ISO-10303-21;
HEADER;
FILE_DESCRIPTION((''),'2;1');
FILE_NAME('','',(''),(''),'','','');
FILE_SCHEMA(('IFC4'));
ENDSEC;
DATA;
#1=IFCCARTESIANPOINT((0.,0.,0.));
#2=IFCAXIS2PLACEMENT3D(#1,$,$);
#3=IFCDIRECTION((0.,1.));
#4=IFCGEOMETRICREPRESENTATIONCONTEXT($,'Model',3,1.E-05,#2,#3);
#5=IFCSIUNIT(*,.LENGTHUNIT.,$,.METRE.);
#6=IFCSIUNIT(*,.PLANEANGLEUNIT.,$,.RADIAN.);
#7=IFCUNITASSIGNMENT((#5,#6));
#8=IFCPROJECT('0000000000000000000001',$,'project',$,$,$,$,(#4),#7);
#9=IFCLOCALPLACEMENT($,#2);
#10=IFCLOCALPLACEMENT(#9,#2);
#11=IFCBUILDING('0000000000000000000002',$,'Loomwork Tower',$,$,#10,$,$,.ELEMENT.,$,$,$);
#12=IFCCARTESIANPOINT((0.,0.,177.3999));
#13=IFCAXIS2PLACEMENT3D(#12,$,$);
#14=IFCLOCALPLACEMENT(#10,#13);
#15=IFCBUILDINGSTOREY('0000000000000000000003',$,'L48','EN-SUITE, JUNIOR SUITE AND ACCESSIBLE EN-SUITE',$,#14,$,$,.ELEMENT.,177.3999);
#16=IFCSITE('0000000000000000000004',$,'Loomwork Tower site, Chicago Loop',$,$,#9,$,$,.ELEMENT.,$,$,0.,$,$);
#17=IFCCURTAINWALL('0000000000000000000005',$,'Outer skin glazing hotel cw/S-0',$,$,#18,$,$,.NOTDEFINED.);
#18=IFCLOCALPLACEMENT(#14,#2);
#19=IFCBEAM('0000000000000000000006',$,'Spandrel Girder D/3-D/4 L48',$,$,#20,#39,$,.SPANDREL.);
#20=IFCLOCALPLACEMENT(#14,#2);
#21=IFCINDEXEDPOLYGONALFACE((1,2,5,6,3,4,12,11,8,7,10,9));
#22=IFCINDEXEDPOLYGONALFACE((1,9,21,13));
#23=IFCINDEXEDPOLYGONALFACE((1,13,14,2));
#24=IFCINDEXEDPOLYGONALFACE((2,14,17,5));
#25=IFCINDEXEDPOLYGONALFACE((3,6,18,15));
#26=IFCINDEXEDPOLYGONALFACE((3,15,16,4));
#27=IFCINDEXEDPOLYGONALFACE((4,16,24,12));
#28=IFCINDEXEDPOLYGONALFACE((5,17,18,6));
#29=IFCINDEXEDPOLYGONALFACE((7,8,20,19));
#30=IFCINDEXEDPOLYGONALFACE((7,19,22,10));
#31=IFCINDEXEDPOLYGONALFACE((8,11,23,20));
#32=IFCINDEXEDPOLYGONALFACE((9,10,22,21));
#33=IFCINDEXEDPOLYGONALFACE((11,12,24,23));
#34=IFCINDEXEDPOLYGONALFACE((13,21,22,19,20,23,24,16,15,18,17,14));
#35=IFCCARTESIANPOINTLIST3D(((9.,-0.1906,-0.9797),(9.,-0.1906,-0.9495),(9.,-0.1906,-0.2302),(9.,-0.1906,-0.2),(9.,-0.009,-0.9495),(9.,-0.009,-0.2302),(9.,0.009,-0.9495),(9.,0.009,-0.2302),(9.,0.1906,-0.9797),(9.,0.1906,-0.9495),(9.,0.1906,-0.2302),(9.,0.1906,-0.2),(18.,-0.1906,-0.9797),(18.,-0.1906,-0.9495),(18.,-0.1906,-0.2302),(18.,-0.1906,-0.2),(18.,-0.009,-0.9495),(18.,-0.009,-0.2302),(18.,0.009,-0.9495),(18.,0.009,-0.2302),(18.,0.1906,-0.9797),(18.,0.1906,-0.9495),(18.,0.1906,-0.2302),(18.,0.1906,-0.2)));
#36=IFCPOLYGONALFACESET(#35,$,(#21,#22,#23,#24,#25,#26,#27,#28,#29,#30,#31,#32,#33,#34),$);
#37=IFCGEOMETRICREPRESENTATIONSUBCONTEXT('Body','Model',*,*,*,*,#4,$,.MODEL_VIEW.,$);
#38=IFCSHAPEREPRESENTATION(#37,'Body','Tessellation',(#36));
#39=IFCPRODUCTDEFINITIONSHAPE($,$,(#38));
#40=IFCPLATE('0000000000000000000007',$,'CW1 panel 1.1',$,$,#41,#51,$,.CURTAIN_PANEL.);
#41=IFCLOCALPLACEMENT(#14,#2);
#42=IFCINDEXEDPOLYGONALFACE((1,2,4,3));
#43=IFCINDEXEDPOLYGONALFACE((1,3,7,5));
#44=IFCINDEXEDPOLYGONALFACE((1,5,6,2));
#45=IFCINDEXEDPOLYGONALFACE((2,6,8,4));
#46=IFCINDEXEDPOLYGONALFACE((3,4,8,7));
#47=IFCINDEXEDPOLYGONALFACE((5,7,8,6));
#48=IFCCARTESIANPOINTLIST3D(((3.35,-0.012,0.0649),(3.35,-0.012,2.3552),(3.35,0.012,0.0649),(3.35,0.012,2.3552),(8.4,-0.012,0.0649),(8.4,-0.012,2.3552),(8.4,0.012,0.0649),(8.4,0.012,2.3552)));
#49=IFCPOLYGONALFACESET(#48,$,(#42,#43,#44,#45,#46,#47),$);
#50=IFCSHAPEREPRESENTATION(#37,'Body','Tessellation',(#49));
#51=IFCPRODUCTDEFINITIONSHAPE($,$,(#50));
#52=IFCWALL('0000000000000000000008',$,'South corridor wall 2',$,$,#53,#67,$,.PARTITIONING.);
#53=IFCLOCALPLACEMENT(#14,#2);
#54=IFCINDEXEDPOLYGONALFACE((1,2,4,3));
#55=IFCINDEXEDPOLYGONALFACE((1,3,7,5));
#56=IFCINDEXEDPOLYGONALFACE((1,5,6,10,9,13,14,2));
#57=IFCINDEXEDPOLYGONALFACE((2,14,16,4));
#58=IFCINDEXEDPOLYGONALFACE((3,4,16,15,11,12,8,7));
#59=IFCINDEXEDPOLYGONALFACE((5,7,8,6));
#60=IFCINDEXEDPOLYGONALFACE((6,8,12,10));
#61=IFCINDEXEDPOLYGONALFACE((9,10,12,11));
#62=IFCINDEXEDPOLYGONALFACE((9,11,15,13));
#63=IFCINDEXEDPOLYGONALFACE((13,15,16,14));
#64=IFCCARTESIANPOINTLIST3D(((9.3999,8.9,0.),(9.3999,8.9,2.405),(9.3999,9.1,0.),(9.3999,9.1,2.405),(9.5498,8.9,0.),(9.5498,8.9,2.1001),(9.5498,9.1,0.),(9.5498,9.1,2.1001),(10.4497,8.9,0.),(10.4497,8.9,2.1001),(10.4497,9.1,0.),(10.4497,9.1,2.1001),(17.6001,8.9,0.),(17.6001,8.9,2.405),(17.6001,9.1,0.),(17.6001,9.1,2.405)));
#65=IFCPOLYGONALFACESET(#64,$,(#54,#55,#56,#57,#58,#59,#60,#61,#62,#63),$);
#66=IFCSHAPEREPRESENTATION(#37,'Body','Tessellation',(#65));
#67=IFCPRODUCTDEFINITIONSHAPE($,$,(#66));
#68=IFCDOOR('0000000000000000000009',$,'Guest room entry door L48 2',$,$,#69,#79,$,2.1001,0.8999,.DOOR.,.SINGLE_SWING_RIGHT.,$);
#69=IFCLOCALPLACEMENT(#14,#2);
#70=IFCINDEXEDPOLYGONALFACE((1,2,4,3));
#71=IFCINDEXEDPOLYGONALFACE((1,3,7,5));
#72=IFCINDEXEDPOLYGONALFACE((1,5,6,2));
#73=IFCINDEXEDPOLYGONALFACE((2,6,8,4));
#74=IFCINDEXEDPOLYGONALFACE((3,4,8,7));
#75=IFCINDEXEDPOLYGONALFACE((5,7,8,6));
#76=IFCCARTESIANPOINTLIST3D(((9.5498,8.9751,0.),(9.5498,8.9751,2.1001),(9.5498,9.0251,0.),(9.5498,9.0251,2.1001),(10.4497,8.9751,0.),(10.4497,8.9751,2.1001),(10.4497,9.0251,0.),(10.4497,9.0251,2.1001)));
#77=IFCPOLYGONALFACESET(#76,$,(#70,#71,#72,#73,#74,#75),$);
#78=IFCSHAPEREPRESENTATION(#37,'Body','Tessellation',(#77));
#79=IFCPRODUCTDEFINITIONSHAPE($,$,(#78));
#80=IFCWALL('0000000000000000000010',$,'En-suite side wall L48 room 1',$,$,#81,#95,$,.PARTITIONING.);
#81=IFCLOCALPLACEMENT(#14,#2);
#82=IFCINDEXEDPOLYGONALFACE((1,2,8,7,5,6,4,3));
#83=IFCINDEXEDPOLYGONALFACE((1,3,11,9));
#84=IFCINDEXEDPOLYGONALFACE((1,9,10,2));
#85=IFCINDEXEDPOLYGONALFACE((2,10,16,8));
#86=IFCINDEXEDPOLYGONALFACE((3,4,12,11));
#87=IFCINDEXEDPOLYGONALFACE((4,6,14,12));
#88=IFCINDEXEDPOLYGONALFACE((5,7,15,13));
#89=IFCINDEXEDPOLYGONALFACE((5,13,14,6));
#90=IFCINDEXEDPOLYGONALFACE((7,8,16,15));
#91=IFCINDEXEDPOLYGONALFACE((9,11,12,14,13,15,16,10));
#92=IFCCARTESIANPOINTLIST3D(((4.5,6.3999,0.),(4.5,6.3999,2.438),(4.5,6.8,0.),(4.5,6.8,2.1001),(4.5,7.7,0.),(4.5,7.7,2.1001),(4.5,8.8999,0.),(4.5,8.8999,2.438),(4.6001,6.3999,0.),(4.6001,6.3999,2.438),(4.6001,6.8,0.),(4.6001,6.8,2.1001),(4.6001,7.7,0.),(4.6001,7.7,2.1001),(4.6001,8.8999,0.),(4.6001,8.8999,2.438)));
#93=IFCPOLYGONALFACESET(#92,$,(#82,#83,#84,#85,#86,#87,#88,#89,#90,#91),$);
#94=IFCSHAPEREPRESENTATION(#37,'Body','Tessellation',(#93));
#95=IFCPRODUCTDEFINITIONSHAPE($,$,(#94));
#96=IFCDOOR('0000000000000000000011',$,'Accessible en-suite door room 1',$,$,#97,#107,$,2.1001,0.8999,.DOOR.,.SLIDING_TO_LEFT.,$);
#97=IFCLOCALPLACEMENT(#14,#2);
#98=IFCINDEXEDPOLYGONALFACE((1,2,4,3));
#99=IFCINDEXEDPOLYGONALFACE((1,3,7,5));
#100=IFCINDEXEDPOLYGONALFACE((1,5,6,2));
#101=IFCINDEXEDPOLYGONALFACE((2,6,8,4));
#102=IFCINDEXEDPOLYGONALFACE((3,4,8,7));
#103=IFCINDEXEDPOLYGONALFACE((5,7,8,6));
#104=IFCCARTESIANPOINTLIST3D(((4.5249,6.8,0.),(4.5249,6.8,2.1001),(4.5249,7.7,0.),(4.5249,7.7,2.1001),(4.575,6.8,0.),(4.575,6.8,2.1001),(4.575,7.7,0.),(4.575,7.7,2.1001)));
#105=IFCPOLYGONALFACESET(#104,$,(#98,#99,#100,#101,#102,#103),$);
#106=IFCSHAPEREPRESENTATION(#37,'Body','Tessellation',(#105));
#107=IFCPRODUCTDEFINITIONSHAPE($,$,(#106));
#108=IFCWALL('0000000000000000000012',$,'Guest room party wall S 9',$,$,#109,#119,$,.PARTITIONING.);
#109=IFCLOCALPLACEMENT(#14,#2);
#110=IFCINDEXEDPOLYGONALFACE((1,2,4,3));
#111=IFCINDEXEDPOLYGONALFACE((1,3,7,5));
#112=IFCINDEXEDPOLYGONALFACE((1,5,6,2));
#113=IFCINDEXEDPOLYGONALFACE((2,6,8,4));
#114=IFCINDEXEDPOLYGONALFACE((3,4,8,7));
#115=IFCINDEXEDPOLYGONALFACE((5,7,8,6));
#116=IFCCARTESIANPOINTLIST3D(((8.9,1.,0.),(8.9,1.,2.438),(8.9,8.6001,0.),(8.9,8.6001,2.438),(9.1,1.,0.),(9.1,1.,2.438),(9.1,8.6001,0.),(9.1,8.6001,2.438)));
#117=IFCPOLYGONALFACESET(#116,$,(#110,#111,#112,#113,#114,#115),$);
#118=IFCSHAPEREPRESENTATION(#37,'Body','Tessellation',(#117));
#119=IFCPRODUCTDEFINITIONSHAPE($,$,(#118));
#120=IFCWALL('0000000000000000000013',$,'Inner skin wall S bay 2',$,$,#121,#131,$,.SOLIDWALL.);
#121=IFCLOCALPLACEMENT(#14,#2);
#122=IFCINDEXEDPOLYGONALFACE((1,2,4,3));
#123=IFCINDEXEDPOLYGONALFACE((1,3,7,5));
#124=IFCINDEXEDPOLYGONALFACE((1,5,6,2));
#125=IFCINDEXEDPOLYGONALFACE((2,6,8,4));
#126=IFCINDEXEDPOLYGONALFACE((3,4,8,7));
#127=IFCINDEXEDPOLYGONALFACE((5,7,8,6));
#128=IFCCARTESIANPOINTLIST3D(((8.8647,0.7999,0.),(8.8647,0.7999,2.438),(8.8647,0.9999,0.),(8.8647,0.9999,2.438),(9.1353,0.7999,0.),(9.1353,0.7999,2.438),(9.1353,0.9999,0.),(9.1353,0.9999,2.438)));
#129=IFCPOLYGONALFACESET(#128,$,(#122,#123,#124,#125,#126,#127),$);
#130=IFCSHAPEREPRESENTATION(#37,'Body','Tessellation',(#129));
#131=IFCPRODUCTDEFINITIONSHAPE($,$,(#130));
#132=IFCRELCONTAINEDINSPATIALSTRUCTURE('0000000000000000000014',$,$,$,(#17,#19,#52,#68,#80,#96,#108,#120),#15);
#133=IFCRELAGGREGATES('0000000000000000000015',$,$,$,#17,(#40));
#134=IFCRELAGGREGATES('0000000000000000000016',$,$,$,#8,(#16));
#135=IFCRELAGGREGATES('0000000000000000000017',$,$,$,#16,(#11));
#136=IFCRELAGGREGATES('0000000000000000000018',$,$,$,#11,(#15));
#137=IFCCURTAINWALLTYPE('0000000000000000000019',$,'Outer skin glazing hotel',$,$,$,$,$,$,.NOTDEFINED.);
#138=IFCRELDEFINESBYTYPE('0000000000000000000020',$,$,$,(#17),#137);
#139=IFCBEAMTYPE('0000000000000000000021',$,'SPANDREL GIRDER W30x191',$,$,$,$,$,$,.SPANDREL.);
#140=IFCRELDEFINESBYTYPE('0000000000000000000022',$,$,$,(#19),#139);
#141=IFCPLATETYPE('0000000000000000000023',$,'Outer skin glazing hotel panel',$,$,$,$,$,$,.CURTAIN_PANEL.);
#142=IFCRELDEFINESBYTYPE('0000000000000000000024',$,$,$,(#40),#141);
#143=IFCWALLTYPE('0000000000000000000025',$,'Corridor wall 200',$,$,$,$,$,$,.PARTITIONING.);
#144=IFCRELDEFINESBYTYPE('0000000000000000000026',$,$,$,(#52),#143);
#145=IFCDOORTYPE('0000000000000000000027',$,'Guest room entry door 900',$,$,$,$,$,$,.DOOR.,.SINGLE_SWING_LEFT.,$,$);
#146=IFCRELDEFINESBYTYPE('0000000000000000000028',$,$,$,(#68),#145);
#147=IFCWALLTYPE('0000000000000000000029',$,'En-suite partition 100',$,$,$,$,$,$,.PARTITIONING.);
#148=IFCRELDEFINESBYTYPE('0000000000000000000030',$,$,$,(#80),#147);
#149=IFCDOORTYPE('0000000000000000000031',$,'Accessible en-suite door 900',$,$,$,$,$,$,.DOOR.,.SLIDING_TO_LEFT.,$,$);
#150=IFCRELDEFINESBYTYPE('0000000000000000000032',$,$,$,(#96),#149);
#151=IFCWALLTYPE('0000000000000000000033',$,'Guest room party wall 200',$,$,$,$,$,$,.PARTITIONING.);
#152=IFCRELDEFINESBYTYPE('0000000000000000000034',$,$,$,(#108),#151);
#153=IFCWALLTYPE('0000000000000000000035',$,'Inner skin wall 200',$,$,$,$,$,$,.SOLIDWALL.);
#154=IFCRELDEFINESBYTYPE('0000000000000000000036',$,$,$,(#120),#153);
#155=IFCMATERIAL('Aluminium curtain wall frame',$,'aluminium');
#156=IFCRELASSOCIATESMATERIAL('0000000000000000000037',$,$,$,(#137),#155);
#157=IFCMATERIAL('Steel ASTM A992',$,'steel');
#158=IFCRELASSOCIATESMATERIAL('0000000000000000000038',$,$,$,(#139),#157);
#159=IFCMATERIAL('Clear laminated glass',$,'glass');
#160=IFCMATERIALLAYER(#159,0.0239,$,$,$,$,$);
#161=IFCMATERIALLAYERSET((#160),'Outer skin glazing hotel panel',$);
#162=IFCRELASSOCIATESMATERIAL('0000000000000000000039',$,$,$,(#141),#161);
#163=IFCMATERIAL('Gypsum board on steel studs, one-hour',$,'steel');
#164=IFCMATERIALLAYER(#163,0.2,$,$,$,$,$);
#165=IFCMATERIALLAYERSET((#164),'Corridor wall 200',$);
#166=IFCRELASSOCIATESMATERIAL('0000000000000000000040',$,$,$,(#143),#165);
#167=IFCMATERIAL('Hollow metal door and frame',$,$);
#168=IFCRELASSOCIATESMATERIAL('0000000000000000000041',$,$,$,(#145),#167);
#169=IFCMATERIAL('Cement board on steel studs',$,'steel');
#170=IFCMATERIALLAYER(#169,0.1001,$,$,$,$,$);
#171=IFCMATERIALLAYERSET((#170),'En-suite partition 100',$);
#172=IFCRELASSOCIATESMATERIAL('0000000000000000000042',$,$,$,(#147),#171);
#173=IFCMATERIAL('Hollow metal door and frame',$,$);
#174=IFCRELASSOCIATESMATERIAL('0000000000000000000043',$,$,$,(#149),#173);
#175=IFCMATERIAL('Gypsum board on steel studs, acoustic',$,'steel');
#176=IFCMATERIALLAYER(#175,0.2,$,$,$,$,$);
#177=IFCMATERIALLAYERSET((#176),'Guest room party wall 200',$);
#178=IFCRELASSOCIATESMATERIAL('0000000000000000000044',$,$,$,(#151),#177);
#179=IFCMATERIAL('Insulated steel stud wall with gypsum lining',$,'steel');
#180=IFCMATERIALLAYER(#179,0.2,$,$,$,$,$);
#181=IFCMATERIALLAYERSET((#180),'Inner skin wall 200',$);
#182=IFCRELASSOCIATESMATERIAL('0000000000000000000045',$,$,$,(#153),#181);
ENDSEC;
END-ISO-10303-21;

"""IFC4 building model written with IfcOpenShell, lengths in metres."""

from ifc_helpers import new_model, si_unit, direction, frame, frame_2d, origin, origin_2d, place, context, subcontext, project, spatial, rectangle, i_section, extrude, material, layer, layer_set, material_profile, profile_set, type_object, element, fill, aggregate, save


model = new_model("IFC4")

# Units and contexts
model_context = context("Model", 3, precision=1e-05, world=origin(), true_north=direction((0.0, 1.0)))
body_context = subcontext(model_context, "Body", "Model", "MODEL_VIEW")
ifc_project = project(units=[si_unit("LENGTHUNIT", "METRE"), si_unit("PLANEANGLEUNIT", "RADIAN")], contexts=[model_context])

# Site, building, storey
site_placement = place(None, origin())
site = spatial("IfcSite", under=ifc_project, at=site_placement, Name="Loomwork Tower site, Chicago Loop", CompositionType="ELEMENT", RefElevation=0.0)
building_placement = place(site_placement, origin())
building = spatial("IfcBuilding", under=site, at=building_placement, Name="Loomwork Tower", CompositionType="ELEMENT")
storey_placement = place(building_placement, frame((0.0, 0.0, 177.3999)))
storey = spatial("IfcBuildingStorey", under=building, at=storey_placement, Name="L48", Description="EN-SUITE, JUNIOR SUITE AND ACCESSIBLE EN-SUITE", CompositionType="ELEMENT", Elevation=177.3999)

# Curtain wall
ifc_material_1 = material(Name="Aluminium curtain wall frame", Category="aluminium")
curtain_wall_type = type_object("IfcCurtainWallType", Name="Outer skin glazing hotel", PredefinedType="NOTDEFINED", material=ifc_material_1)
curtain_wall_1_placement = place(storey_placement, origin())
curtain_wall_1 = element("IfcCurtainWall", 1, at=curtain_wall_1_placement, inside=storey, type_object=curtain_wall_type, Name="Outer skin glazing hotel cw/S-0", PredefinedType="NOTDEFINED")

# Beam
ifc_material_2 = material(Name="Steel ASTM A992", Category="steel")
ifc_material_profile_1 = material_profile(ifc_material_2, i_section(OverallWidth=0.3811, OverallDepth=0.7798, WebThickness=0.0181, FlangeThickness=0.0303, at=origin_2d()), Name="W30x191")
ifc_profile_set_1 = profile_set([ifc_material_profile_1], Name="Steel ASTM A992")
beam_type_1 = type_object("IfcBeamType", Name="SPANDREL GIRDER W30x191", PredefinedType="SPANDREL", material=ifc_profile_set_1)
beam_1_placement = place(storey_placement, frame((9.0, 0.0, -0.5898), z_axis=(1.0, 0.0, 0.0), x_axis=(0.0, 1.0, 0.0)))
element("IfcBeam", 2, at=beam_1_placement, inside=storey, type_object=beam_type_1, Name="Spandrel Girder D/3-D/4 L48", PredefinedType="SPANDREL", context=body_context, shape_type="SweptSolid", body=[
    extrude(i_section(OverallWidth=0.3811, OverallDepth=0.7798, WebThickness=0.0181, FlangeThickness=0.0303, at=origin_2d()), origin(), (0.0, 0.0, 1.0), 9.0),
])

# Plate
ifc_material_3 = material(Name="Clear laminated glass", Category="glass")
ifc_layer_1 = layer(ifc_material_3, 0.0239)
ifc_layer_set_1 = layer_set([ifc_layer_1], Name="Outer skin glazing hotel panel")
plate_type = type_object("IfcPlateType", Name="Outer skin glazing hotel panel", PredefinedType="CURTAIN_PANEL", material=ifc_layer_set_1)
plate_placement = place(storey_placement, frame((5.875, 0.0, 0.0649), z_axis=(0.0, 0.0, 1.0), x_axis=(1.0, 0.0, 0.0)))
plate = element("IfcPlate", 3, at=plate_placement, type_object=plate_type, Name="CW1 panel 1.1", PredefinedType="CURTAIN_PANEL", context=body_context, shape_type="SweptSolid", body=[
    extrude(rectangle(XDim=5.05, YDim=0.0239, at=origin_2d()), origin(), (0.0, 0.0, 1.0), 2.2903),
])
aggregate(curtain_wall_1, [plate])

# Walls, openings, doors
ifc_material_4 = material(Name="Gypsum board on steel studs, one-hour", Category="steel")
ifc_layer_2 = layer(ifc_material_4, 0.2)
ifc_layer_set_2 = layer_set([ifc_layer_2], Name="Corridor wall 200")
wall_type_1 = type_object("IfcWallType", Name="Corridor wall 200", PredefinedType="PARTITIONING", material=ifc_layer_set_2)
wall_1_placement = place(storey_placement, frame((9.3999, 9.0, 0.0), z_axis=(0.0, 0.0, 1.0), x_axis=(1.0, 0.0, 0.0)))
wall_1 = element("IfcWall", 4, at=wall_1_placement, inside=storey, type_object=wall_type_1, Name="South corridor wall 2", PredefinedType="PARTITIONING", context=body_context, shape_type="SweptSolid", body=[
    extrude(rectangle(XDim=8.2002, YDim=0.2, at=frame_2d((4.1001, 0.0))), origin(), (0.0, 0.0, 1.0), 2.405),
])
opening_1_placement = place(wall_1_placement, frame((0.1499, 0.0, 0.0)))
opening_1 = element("IfcOpeningElement", 5, at=opening_1_placement, cuts=wall_1, PredefinedType="OPENING", context=body_context, shape_type="SweptSolid", body=[
    extrude(rectangle(XDim=0.8999, YDim=2.1001, at=frame_2d((0.45, 1.05))), frame((0.0, 0.1099, 0.0), z_axis=(0.0, -1.0, 0.0), x_axis=(1.0, 0.0, 0.0)), (0.0, 0.0, 1.0), 0.22),
])
ifc_material_5 = material(Name="Hollow metal door and frame")
door_type_1 = type_object("IfcDoorType", Name="Guest room entry door 900", OperationType="SINGLE_SWING_LEFT", PredefinedType="DOOR", material=ifc_material_5)
door_1_placement = place(opening_1_placement, frame((0.8999, 0.0, 0.0), z_axis=(0.0, 0.0, 1.0), x_axis=(-1.0, 0.0, 0.0)))
door_1 = element("IfcDoor", 6, at=door_1_placement, inside=storey, type_object=door_type_1, Name="Guest room entry door L48 2", OperationType="SINGLE_SWING_RIGHT", OverallHeight=2.1001, OverallWidth=0.8999, PredefinedType="DOOR", context=body_context, shape_type="SweptSolid", body=[
    extrude(rectangle(XDim=0.8999, YDim=2.1001, at=frame_2d((0.45, 1.05))), frame((0.0, 0.0249, 0.0), z_axis=(0.0, -1.0, 0.0), x_axis=(1.0, 0.0, 0.0)), (0.0, 0.0, 1.0), 0.05),
])
fill(opening_1, door_1)
ifc_material_6 = material(Name="Cement board on steel studs", Category="steel")
ifc_layer_3 = layer(ifc_material_6, 0.1001)
ifc_layer_set_3 = layer_set([ifc_layer_3], Name="En-suite partition 100")
wall_type_2 = type_object("IfcWallType", Name="En-suite partition 100", PredefinedType="PARTITIONING", material=ifc_layer_set_3)
wall_2_placement = place(storey_placement, frame((4.55, 8.8999, 0.0), z_axis=(0.0, 0.0, 1.0), x_axis=(0.0, -1.0, 0.0)))
wall_2 = element("IfcWall", 7, at=wall_2_placement, inside=storey, type_object=wall_type_2, Name="En-suite side wall L48 room 1", PredefinedType="PARTITIONING", context=body_context, shape_type="SweptSolid", body=[
    extrude(rectangle(XDim=2.5, YDim=0.1001, at=frame_2d((1.25, 0.0))), origin(), (0.0, 0.0, 1.0), 2.438),
])
opening_2_placement = place(wall_2_placement, frame((1.2, 0.0, 0.0)))
opening_2 = element("IfcOpeningElement", 8, at=opening_2_placement, cuts=wall_2, PredefinedType="OPENING", context=body_context, shape_type="SweptSolid", body=[
    extrude(rectangle(XDim=0.8999, YDim=2.1001, at=frame_2d((0.45, 1.05))), frame((0.0, 0.0601, 0.0), z_axis=(0.0, -1.0, 0.0), x_axis=(1.0, 0.0, 0.0)), (0.0, 0.0, 1.0), 0.1201),
])
ifc_material_7 = material(Name="Hollow metal door and frame")
door_type_2 = type_object("IfcDoorType", Name="Accessible en-suite door 900", OperationType="SLIDING_TO_LEFT", PredefinedType="DOOR", material=ifc_material_7)
door_2_placement = place(opening_2_placement, origin())
door_2 = element("IfcDoor", 9, at=door_2_placement, inside=storey, type_object=door_type_2, Name="Accessible en-suite door room 1", OperationType="SLIDING_TO_LEFT", OverallHeight=2.1001, OverallWidth=0.8999, PredefinedType="DOOR", context=body_context, shape_type="SweptSolid", body=[
    extrude(rectangle(XDim=0.8999, YDim=2.1001, at=frame_2d((0.45, 1.05))), frame((0.0, 0.0249, 0.0), z_axis=(0.0, -1.0, 0.0), x_axis=(1.0, 0.0, 0.0)), (0.0, 0.0, 1.0), 0.05),
])
fill(opening_2, door_2)

# Walls
ifc_material_8 = material(Name="Gypsum board on steel studs, acoustic", Category="steel")
ifc_layer_4 = layer(ifc_material_8, 0.2)
ifc_layer_set_4 = layer_set([ifc_layer_4], Name="Guest room party wall 200")
wall_type_3 = type_object("IfcWallType", Name="Guest room party wall 200", PredefinedType="PARTITIONING", material=ifc_layer_set_4)
wall_3_placement = place(storey_placement, frame((9.0, 8.6001, 0.0), z_axis=(0.0, 0.0, 1.0), x_axis=(0.0, -1.0, 0.0)))
element("IfcWall", 10, at=wall_3_placement, inside=storey, type_object=wall_type_3, Name="Guest room party wall S 9", PredefinedType="PARTITIONING", context=body_context, shape_type="SweptSolid", body=[
    extrude(rectangle(XDim=7.6001, YDim=0.2, at=frame_2d((3.8, 0.0))), origin(), (0.0, 0.0, 1.0), 2.438),
])
ifc_material_9 = material(Name="Insulated steel stud wall with gypsum lining", Category="steel")
ifc_layer_5 = layer(ifc_material_9, 0.2)
ifc_layer_set_5 = layer_set([ifc_layer_5], Name="Inner skin wall 200")
wall_type_4 = type_object("IfcWallType", Name="Inner skin wall 200", PredefinedType="SOLIDWALL", material=ifc_layer_set_5)
wall_4_placement = place(storey_placement, frame((8.8647, 0.8999, 0.0), z_axis=(0.0, 0.0, 1.0), x_axis=(1.0, 0.0, 0.0)))
element("IfcWall", 11, at=wall_4_placement, inside=storey, type_object=wall_type_4, Name="Inner skin wall S bay 2", PredefinedType="SOLIDWALL", context=body_context, shape_type="SweptSolid", body=[
    extrude(rectangle(XDim=0.2705, YDim=0.2, at=frame_2d((0.1353, 0.0))), origin(), (0.0, 0.0, 1.0), 2.438),
])

save(model, "model.ifc")
